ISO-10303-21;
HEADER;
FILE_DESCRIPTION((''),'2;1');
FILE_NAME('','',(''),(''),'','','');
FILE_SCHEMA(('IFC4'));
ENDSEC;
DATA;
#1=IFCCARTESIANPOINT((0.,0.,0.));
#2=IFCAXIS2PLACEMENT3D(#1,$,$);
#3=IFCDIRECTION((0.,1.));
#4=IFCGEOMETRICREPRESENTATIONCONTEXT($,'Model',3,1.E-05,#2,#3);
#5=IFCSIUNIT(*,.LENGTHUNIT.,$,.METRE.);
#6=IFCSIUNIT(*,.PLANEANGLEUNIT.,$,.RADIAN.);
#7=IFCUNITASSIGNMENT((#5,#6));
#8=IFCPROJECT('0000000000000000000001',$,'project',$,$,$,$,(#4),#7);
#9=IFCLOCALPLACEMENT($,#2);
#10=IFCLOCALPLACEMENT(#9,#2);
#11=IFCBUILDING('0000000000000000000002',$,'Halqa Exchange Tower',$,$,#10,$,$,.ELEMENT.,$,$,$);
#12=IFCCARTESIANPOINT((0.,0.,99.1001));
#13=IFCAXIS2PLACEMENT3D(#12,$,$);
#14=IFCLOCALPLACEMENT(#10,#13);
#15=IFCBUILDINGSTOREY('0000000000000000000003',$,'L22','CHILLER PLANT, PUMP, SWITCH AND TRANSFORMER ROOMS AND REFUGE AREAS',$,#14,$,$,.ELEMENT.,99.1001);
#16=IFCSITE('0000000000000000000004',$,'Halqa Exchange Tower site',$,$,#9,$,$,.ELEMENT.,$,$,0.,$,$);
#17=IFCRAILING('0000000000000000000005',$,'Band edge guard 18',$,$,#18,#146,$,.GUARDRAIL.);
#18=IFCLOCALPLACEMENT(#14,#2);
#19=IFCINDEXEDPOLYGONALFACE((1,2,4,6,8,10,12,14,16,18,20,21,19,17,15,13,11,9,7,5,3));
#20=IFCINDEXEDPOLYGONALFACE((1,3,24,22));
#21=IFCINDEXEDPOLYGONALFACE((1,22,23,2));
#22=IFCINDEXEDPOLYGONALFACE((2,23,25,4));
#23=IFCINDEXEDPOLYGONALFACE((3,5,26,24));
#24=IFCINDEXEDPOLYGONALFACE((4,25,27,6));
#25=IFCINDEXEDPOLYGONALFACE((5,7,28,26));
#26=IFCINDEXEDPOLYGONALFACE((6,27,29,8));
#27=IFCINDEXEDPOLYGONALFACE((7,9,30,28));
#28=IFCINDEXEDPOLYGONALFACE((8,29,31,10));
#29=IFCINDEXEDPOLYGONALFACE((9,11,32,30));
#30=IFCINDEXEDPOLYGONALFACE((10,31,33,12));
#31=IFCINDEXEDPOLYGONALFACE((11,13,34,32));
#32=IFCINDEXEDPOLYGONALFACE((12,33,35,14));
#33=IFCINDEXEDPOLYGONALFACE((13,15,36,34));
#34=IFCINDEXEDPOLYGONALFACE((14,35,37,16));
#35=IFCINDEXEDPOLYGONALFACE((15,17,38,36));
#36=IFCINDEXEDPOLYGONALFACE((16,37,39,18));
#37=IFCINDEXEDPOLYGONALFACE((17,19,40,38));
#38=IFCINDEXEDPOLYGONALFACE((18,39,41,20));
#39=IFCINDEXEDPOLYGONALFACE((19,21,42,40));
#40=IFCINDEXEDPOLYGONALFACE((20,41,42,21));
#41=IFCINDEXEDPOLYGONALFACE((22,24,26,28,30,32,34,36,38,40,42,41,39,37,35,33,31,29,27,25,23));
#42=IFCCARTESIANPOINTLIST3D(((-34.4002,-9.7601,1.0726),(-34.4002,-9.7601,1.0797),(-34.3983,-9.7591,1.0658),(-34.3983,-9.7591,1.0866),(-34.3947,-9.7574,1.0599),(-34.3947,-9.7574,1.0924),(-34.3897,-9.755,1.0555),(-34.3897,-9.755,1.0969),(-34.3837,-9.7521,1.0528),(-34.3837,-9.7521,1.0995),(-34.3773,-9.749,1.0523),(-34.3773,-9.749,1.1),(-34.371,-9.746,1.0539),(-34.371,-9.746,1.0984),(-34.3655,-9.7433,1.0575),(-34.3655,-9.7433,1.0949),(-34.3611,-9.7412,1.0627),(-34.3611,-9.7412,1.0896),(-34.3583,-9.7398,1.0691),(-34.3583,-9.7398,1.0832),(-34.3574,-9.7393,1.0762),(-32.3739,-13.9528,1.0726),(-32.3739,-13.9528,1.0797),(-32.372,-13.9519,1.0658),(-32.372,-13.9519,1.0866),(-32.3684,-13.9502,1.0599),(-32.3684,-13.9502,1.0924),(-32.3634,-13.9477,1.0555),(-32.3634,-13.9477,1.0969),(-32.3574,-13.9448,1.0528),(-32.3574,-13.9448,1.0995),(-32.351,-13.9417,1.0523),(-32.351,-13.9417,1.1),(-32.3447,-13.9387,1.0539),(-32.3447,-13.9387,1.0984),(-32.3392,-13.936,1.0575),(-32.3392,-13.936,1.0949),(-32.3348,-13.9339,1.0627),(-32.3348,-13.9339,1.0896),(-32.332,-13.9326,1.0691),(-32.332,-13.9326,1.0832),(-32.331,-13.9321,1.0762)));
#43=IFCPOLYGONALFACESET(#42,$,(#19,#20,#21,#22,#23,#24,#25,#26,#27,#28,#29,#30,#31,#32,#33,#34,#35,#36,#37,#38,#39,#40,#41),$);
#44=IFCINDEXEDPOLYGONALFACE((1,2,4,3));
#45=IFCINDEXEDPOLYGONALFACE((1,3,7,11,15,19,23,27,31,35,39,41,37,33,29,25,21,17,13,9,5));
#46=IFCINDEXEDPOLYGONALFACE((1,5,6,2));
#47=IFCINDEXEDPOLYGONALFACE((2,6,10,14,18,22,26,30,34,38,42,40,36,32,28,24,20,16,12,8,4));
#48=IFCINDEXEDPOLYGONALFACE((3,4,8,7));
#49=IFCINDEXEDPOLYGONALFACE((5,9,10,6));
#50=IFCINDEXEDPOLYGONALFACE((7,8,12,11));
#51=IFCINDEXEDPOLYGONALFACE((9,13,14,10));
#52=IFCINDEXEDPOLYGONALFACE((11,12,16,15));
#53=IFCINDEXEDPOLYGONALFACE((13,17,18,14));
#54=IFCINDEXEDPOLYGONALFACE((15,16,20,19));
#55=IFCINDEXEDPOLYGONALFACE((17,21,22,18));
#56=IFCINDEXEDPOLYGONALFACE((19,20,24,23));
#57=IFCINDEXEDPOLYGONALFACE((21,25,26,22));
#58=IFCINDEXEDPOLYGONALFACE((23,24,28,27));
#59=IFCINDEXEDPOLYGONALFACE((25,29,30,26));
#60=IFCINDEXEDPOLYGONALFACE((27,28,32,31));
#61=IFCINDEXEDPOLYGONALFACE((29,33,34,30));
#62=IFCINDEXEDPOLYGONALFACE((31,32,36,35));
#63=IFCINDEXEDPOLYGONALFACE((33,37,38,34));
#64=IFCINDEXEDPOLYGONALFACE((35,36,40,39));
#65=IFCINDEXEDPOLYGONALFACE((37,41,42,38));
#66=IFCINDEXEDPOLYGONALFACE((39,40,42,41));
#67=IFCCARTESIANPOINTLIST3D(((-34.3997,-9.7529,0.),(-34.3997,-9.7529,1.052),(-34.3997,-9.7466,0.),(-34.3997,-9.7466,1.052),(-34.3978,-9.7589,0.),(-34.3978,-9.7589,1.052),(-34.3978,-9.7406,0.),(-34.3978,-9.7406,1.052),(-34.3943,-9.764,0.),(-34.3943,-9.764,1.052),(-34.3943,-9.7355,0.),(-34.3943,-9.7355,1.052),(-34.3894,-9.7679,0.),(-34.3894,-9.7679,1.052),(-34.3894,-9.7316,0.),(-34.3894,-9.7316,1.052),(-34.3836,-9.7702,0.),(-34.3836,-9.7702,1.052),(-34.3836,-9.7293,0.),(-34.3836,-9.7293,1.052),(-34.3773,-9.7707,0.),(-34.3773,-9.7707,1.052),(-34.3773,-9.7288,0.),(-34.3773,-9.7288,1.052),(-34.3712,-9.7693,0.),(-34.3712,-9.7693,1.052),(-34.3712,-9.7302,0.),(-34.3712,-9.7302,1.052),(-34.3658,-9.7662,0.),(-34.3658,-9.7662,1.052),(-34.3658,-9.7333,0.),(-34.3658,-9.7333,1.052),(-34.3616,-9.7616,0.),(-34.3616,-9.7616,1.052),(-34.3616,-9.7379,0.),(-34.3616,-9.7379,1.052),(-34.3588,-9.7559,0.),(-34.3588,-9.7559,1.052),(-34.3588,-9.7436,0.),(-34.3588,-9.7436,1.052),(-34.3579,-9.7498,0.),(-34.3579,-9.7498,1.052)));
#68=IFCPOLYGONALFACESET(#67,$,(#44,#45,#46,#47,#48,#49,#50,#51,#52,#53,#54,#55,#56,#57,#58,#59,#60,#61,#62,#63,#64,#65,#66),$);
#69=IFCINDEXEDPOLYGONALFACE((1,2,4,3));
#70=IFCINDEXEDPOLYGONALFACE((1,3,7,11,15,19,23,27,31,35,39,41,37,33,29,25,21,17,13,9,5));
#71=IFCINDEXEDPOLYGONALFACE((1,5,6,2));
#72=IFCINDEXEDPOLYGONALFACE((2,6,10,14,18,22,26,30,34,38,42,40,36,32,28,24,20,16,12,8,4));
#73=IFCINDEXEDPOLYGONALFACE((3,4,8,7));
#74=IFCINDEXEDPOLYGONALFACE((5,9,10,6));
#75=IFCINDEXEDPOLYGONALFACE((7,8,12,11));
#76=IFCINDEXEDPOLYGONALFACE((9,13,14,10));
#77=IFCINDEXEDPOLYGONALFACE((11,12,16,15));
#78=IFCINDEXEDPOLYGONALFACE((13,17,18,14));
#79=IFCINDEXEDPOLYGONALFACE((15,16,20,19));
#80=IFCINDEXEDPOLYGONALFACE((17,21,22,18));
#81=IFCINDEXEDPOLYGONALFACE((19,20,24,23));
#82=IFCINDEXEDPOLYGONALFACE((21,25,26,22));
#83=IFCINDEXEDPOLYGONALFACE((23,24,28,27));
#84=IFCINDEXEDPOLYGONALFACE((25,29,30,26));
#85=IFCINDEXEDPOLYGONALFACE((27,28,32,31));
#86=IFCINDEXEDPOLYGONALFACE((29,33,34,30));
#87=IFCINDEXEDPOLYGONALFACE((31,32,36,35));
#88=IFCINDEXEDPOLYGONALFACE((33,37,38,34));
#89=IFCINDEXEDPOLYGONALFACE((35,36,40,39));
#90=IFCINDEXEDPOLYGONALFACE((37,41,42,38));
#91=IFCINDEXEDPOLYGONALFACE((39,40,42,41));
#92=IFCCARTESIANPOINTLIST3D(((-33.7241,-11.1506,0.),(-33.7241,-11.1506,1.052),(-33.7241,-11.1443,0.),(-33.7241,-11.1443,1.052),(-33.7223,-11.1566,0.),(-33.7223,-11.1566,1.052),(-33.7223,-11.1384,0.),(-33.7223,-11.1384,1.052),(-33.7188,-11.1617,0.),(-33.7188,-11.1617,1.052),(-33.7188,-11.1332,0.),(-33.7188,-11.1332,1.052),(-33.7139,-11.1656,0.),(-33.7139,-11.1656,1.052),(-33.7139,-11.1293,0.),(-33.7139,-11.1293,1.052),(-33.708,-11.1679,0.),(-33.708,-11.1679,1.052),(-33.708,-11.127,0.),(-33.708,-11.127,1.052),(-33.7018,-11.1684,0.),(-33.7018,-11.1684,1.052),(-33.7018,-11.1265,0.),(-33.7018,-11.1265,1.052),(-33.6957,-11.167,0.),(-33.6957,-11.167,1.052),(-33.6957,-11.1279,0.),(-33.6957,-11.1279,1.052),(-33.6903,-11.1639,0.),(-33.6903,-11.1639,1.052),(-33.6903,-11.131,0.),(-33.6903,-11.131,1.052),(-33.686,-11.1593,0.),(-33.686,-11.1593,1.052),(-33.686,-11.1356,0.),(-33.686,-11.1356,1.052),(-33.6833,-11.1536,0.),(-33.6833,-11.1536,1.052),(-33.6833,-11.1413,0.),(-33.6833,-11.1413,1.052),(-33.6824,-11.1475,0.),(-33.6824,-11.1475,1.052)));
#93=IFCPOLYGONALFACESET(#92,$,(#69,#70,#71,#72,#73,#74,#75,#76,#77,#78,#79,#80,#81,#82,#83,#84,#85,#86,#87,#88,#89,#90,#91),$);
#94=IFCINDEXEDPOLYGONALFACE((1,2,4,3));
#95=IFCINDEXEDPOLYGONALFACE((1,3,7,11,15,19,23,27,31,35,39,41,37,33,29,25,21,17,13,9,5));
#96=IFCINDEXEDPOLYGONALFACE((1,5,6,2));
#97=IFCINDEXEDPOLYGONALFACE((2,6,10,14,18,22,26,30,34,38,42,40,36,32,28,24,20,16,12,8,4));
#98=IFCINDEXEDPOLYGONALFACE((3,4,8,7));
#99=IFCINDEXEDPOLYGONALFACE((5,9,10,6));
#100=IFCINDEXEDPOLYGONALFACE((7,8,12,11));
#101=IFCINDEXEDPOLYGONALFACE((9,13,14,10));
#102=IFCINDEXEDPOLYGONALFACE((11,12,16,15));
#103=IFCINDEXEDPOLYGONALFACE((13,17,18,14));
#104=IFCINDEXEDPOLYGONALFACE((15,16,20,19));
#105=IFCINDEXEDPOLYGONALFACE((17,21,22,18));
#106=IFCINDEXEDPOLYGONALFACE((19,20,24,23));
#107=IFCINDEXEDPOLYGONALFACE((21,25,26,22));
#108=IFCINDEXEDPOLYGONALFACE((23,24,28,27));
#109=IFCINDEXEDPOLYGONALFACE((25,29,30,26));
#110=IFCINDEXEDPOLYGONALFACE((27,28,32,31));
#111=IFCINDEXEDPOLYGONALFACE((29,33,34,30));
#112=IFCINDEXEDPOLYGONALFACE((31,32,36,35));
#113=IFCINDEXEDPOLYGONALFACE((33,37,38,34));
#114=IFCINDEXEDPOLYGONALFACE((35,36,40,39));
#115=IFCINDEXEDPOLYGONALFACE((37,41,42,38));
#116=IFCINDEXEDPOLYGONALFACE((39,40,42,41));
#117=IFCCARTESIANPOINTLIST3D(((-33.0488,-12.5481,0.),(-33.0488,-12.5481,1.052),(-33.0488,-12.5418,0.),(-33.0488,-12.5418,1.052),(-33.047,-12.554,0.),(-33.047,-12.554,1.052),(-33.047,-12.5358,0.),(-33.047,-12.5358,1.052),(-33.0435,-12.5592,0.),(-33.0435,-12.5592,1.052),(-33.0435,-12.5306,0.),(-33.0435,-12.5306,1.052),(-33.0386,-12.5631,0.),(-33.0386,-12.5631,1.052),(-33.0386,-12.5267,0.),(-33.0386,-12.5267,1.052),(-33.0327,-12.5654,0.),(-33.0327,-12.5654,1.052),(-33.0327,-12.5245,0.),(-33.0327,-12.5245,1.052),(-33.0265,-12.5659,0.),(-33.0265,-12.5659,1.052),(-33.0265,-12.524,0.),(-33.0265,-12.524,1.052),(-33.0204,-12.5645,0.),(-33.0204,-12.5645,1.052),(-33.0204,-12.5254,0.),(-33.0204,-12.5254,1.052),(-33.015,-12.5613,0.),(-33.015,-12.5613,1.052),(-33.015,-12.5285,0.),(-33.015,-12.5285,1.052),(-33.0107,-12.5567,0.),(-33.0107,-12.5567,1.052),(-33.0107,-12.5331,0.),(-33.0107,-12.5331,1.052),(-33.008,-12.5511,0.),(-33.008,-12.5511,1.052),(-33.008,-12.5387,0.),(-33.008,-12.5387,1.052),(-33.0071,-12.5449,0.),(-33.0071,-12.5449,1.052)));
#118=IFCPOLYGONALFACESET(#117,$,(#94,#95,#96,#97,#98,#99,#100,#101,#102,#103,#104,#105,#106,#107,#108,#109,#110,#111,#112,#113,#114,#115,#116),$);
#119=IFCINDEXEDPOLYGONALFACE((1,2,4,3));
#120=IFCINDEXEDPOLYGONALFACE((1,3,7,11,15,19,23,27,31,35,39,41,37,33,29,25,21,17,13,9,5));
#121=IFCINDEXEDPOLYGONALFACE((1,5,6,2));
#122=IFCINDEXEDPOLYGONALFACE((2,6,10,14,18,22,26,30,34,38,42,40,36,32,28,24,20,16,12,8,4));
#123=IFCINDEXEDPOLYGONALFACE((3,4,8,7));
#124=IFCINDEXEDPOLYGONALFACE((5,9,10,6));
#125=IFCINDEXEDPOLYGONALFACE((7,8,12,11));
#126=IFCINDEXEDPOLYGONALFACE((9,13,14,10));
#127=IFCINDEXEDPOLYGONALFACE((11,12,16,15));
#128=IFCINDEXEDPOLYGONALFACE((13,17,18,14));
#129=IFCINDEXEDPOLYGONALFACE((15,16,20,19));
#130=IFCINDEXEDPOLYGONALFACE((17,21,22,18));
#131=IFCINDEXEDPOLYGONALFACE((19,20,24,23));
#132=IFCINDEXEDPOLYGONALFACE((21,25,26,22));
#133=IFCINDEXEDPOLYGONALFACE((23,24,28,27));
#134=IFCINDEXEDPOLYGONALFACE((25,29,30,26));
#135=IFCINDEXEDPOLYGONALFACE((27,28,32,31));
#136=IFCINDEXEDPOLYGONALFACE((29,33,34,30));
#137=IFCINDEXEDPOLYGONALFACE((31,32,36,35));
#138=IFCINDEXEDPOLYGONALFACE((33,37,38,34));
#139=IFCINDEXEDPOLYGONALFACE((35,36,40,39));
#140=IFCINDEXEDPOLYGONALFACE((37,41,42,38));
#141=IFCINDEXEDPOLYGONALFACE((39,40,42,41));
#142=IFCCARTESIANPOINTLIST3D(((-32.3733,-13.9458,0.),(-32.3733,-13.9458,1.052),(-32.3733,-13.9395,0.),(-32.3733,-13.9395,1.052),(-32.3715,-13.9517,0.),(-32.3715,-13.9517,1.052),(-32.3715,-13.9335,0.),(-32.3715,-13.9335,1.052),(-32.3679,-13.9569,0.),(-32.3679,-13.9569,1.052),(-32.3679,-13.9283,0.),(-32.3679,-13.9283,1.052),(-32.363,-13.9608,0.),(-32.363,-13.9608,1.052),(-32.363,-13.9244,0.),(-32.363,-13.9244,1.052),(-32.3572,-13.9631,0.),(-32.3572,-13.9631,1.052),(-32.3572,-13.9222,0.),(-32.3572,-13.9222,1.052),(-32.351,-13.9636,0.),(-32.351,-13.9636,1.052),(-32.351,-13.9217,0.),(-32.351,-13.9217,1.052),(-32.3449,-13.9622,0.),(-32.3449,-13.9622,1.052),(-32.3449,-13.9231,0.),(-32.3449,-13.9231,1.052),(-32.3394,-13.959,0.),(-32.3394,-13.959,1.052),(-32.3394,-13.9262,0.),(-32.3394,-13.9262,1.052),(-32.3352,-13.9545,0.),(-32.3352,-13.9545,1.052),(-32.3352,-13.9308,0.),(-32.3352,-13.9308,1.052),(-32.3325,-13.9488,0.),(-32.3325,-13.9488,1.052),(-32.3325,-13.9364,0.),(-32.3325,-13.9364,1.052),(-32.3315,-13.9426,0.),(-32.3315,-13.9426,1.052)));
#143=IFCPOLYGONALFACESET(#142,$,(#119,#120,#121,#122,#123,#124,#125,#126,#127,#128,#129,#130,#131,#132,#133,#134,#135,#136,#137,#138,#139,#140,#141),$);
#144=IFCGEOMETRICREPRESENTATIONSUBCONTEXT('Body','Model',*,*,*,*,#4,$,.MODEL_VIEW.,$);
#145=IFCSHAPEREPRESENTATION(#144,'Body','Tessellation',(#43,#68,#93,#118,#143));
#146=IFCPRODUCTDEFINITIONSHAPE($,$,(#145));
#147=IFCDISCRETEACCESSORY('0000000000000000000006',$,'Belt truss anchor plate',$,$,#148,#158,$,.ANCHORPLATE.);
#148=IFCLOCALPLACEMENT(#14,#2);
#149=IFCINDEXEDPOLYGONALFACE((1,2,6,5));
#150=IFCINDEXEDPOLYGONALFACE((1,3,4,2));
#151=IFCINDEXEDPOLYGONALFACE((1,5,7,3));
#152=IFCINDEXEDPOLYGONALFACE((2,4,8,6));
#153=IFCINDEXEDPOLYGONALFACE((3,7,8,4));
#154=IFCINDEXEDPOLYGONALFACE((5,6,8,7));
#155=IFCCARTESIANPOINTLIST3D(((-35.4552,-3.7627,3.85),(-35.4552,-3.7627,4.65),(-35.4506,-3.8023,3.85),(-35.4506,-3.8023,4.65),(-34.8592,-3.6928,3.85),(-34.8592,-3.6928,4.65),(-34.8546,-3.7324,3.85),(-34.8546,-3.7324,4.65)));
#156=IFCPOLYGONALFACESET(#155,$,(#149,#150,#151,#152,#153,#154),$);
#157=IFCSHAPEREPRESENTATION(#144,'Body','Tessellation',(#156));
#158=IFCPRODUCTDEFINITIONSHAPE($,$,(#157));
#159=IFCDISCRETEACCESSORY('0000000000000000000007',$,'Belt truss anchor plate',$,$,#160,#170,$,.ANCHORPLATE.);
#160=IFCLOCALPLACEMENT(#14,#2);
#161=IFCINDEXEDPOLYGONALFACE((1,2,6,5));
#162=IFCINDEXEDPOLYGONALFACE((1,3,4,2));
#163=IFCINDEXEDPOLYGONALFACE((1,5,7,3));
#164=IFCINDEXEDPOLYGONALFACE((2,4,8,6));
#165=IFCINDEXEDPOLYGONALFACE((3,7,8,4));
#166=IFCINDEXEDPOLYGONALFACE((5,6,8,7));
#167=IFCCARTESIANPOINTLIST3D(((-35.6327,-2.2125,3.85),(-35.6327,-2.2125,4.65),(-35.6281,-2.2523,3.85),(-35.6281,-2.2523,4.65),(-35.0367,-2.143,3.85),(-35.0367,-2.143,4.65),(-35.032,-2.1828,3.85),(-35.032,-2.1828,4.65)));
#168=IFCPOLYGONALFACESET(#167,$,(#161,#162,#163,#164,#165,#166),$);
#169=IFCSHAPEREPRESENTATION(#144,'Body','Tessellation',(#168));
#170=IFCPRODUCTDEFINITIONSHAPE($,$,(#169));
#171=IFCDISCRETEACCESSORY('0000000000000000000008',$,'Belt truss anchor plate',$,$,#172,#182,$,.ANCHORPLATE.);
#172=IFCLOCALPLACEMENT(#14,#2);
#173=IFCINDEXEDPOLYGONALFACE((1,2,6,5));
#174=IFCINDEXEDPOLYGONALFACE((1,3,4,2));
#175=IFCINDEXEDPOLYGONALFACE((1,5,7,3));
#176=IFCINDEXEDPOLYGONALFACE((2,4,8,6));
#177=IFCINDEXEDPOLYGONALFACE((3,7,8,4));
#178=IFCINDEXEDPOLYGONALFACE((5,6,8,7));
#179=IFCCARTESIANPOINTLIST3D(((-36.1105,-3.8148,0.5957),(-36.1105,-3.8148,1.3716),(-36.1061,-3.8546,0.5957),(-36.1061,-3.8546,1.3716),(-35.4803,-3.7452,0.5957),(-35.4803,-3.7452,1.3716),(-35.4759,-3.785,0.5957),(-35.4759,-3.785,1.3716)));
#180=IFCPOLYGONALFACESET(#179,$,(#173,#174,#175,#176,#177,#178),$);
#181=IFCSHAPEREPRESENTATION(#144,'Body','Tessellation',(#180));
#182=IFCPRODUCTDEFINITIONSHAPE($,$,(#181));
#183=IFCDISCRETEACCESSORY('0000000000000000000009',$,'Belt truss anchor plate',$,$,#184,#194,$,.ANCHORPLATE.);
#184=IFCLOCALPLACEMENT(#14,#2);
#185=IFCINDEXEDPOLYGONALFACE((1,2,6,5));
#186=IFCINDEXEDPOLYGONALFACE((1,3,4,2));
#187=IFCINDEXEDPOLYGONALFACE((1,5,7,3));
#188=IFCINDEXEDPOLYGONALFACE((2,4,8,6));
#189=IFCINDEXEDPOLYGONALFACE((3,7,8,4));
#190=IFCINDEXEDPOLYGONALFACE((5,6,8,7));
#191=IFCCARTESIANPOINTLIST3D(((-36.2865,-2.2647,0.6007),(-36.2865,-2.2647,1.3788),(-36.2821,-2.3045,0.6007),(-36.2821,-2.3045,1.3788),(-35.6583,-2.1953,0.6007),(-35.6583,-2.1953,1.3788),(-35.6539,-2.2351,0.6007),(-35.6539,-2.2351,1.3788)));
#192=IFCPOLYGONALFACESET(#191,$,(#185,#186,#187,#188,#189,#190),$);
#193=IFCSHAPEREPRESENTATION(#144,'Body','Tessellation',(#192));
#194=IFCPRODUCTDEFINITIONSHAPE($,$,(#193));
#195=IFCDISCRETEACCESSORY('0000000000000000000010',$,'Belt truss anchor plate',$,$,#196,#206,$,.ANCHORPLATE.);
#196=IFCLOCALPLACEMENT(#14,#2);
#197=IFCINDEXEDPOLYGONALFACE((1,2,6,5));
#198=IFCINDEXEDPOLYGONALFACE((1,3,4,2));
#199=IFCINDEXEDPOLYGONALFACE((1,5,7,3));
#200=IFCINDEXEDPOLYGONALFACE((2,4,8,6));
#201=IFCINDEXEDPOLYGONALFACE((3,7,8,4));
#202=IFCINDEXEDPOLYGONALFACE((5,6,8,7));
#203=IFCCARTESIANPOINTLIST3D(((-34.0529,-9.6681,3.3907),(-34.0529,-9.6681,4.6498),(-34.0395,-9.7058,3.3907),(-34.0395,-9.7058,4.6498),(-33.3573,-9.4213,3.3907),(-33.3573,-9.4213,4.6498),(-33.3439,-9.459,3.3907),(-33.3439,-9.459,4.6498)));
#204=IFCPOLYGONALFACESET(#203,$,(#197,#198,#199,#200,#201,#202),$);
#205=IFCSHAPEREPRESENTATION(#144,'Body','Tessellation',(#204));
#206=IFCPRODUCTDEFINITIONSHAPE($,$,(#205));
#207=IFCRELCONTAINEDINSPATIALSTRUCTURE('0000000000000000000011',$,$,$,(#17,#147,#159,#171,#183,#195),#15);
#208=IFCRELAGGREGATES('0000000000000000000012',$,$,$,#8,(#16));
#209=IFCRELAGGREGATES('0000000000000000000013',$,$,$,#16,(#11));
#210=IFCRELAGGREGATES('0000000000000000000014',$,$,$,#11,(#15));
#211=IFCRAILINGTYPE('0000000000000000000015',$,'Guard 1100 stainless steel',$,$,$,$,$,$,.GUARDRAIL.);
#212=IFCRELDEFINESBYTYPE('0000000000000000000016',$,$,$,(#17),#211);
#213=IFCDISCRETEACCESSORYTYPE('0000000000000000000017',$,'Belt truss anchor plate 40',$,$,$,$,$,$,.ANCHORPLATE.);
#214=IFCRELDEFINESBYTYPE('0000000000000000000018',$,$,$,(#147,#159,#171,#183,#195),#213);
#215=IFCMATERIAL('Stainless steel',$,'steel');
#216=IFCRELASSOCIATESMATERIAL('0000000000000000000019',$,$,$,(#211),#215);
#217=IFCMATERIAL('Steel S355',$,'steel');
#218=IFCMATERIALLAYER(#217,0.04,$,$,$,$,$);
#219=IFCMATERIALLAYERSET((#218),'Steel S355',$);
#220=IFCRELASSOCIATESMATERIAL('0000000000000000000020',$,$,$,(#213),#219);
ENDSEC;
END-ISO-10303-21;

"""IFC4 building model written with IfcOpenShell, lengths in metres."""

from ifc_helpers import new_model, si_unit, direction, frame, origin, origin_2d, place, context, subcontext, project, spatial, rectangle, circle, extrude, material, layer, layer_set, type_object, element, save


model = new_model("IFC4")

# Units and contexts
model_context = context("Model", 3, precision=1e-05, world=origin(), true_north=direction((0.0, 1.0)))
body_context = subcontext(model_context, "Body", "Model", "MODEL_VIEW")
ifc_project = project(units=[si_unit("LENGTHUNIT", "METRE"), si_unit("PLANEANGLEUNIT", "RADIAN")], contexts=[model_context])

# Site, building, storey
site_placement = place(None, origin())
site = spatial("IfcSite", under=ifc_project, at=site_placement, Name="Halqa Exchange Tower site", CompositionType="ELEMENT", RefElevation=0.0)
building_placement = place(site_placement, origin())
building = spatial("IfcBuilding", under=site, at=building_placement, Name="Halqa Exchange Tower", CompositionType="ELEMENT")
storey_placement = place(building_placement, frame((0.0, 0.0, 99.1001)))
storey = spatial("IfcBuildingStorey", under=building, at=storey_placement, Name="L22", Description="CHILLER PLANT, PUMP, SWITCH AND TRANSFORMER ROOMS AND REFUGE AREAS", CompositionType="ELEMENT", Elevation=99.1001)

# Shared definitions
ifc_material_1 = material(Name="Steel S355", Category="steel")

# Railing
ifc_material_2 = material(Name="Stainless steel", Category="steel")
railing_type = type_object("IfcRailingType", Name="Guard 1100 stainless steel", PredefinedType="GUARDRAIL", material=ifc_material_2)
railing_1_placement = place(storey_placement, frame((-34.3789, -9.7498, 0.0)))
element("IfcRailing", 1, at=railing_1_placement, inside=storey, type_object=railing_type, Name="Band edge guard 18", PredefinedType="GUARDRAIL", context=body_context, shape_type="SweptSolid", body=[
    extrude(circle(Radius=0.0239, at=origin_2d()), frame((0.0, 0.0, 1.0762), z_axis=(0.435136, -0.900365, 0.0), x_axis=(0.900365, 0.435136, 0.0)), (0.0, 0.0, 1.0), 4.6567),
    extrude(circle(Radius=0.021, at=origin_2d()), origin(), (0.0, 0.0, 1.0), 1.052),
    extrude(circle(Radius=0.021, at=origin_2d()), frame((0.6755, -1.3977, 0.0)), (0.0, 0.0, 1.0), 1.052),
    extrude(circle(Radius=0.021, at=origin_2d()), frame((1.3508, -2.7952, 0.0)), (0.0, 0.0, 1.0), 1.052),
    extrude(circle(Radius=0.021, at=origin_2d()), frame((2.0264, -4.1929, 0.0)), (0.0, 0.0, 1.0), 1.052),
])

# Discrete accessories
ifc_layer_1 = layer(ifc_material_1, 0.04)
ifc_layer_set_1 = layer_set([ifc_layer_1], Name="Steel S355")
discrete_accessory_type = type_object("IfcDiscreteAccessoryType", Name="Belt truss anchor plate 40", PredefinedType="ANCHORPLATE", material=ifc_layer_set_1)
discrete_accessory_1_placement = place(storey_placement, frame((-35.1572, -3.7278, 4.25), z_axis=(0.116486, -0.993192, 0.0), x_axis=(0.993192, 0.116486, 0.0)))
element("IfcDiscreteAccessory", 2, at=discrete_accessory_1_placement, inside=storey, type_object=discrete_accessory_type, Name="Belt truss anchor plate", PredefinedType="ANCHORPLATE", context=body_context, shape_type="SweptSolid", body=[
    extrude(rectangle(XDim=0.6001, YDim=0.8, at=origin_2d()), origin(), (0.0, 0.0, 1.0), 0.0398),
])
discrete_accessory_2_placement = place(storey_placement, frame((-35.3301, -2.2175, 4.25), z_axis=(-0.115781, 0.993275, 0.0), x_axis=(-0.993275, -0.115781, 0.0)))
element("IfcDiscreteAccessory", 3, at=discrete_accessory_2_placement, inside=storey, type_object=discrete_accessory_type, Name="Belt truss anchor plate", PredefinedType="ANCHORPLATE", context=body_context, shape_type="SweptSolid", body=[
    extrude(rectangle(XDim=0.6001, YDim=0.8, at=origin_2d()), origin(), (0.0, 0.0, 1.0), 0.04),
])
discrete_accessory_3_placement = place(storey_placement, frame((-35.7954, -3.78, 0.9836), z_axis=(0.109762, -0.993958, 0.0), x_axis=(0.993958, 0.109762, 0.0)))
element("IfcDiscreteAccessory", 4, at=discrete_accessory_3_placement, inside=storey, type_object=discrete_accessory_type, Name="Belt truss anchor plate", PredefinedType="ANCHORPLATE", context=body_context, shape_type="SweptSolid", body=[
    extrude(rectangle(XDim=0.634, YDim=0.7759, at=origin_2d()), origin(), (0.0, 0.0, 1.0), 0.04),
])
discrete_accessory_4_placement = place(storey_placement, frame((-35.968, -2.2698, 0.9897), z_axis=(-0.109762, 0.993958, 0.0), x_axis=(-0.993958, -0.109762, 0.0)))
element("IfcDiscreteAccessory", 5, at=discrete_accessory_4_placement, inside=storey, type_object=discrete_accessory_type, Name="Belt truss anchor plate", PredefinedType="ANCHORPLATE", context=body_context, shape_type="SweptSolid", body=[
    extrude(rectangle(XDim=0.6321, YDim=0.7781, at=origin_2d()), origin(), (0.0, 0.0, 1.0), 0.04),
])
discrete_accessory_5_placement = place(storey_placement, frame((-33.7051, -9.5447, 4.0203), z_axis=(0.33441, -0.942428, 0.0), x_axis=(0.942428, 0.33441, 0.0)))
element("IfcDiscreteAccessory", 6, at=discrete_accessory_5_placement, inside=storey, type_object=discrete_accessory_type, Name="Belt truss anchor plate", PredefinedType="ANCHORPLATE", context=body_context, shape_type="SweptSolid", body=[
    extrude(rectangle(XDim=0.738, YDim=1.259, at=origin_2d()), origin(), (0.0, 0.0, 1.0), 0.04),
])

save(model, "model.ifc")
